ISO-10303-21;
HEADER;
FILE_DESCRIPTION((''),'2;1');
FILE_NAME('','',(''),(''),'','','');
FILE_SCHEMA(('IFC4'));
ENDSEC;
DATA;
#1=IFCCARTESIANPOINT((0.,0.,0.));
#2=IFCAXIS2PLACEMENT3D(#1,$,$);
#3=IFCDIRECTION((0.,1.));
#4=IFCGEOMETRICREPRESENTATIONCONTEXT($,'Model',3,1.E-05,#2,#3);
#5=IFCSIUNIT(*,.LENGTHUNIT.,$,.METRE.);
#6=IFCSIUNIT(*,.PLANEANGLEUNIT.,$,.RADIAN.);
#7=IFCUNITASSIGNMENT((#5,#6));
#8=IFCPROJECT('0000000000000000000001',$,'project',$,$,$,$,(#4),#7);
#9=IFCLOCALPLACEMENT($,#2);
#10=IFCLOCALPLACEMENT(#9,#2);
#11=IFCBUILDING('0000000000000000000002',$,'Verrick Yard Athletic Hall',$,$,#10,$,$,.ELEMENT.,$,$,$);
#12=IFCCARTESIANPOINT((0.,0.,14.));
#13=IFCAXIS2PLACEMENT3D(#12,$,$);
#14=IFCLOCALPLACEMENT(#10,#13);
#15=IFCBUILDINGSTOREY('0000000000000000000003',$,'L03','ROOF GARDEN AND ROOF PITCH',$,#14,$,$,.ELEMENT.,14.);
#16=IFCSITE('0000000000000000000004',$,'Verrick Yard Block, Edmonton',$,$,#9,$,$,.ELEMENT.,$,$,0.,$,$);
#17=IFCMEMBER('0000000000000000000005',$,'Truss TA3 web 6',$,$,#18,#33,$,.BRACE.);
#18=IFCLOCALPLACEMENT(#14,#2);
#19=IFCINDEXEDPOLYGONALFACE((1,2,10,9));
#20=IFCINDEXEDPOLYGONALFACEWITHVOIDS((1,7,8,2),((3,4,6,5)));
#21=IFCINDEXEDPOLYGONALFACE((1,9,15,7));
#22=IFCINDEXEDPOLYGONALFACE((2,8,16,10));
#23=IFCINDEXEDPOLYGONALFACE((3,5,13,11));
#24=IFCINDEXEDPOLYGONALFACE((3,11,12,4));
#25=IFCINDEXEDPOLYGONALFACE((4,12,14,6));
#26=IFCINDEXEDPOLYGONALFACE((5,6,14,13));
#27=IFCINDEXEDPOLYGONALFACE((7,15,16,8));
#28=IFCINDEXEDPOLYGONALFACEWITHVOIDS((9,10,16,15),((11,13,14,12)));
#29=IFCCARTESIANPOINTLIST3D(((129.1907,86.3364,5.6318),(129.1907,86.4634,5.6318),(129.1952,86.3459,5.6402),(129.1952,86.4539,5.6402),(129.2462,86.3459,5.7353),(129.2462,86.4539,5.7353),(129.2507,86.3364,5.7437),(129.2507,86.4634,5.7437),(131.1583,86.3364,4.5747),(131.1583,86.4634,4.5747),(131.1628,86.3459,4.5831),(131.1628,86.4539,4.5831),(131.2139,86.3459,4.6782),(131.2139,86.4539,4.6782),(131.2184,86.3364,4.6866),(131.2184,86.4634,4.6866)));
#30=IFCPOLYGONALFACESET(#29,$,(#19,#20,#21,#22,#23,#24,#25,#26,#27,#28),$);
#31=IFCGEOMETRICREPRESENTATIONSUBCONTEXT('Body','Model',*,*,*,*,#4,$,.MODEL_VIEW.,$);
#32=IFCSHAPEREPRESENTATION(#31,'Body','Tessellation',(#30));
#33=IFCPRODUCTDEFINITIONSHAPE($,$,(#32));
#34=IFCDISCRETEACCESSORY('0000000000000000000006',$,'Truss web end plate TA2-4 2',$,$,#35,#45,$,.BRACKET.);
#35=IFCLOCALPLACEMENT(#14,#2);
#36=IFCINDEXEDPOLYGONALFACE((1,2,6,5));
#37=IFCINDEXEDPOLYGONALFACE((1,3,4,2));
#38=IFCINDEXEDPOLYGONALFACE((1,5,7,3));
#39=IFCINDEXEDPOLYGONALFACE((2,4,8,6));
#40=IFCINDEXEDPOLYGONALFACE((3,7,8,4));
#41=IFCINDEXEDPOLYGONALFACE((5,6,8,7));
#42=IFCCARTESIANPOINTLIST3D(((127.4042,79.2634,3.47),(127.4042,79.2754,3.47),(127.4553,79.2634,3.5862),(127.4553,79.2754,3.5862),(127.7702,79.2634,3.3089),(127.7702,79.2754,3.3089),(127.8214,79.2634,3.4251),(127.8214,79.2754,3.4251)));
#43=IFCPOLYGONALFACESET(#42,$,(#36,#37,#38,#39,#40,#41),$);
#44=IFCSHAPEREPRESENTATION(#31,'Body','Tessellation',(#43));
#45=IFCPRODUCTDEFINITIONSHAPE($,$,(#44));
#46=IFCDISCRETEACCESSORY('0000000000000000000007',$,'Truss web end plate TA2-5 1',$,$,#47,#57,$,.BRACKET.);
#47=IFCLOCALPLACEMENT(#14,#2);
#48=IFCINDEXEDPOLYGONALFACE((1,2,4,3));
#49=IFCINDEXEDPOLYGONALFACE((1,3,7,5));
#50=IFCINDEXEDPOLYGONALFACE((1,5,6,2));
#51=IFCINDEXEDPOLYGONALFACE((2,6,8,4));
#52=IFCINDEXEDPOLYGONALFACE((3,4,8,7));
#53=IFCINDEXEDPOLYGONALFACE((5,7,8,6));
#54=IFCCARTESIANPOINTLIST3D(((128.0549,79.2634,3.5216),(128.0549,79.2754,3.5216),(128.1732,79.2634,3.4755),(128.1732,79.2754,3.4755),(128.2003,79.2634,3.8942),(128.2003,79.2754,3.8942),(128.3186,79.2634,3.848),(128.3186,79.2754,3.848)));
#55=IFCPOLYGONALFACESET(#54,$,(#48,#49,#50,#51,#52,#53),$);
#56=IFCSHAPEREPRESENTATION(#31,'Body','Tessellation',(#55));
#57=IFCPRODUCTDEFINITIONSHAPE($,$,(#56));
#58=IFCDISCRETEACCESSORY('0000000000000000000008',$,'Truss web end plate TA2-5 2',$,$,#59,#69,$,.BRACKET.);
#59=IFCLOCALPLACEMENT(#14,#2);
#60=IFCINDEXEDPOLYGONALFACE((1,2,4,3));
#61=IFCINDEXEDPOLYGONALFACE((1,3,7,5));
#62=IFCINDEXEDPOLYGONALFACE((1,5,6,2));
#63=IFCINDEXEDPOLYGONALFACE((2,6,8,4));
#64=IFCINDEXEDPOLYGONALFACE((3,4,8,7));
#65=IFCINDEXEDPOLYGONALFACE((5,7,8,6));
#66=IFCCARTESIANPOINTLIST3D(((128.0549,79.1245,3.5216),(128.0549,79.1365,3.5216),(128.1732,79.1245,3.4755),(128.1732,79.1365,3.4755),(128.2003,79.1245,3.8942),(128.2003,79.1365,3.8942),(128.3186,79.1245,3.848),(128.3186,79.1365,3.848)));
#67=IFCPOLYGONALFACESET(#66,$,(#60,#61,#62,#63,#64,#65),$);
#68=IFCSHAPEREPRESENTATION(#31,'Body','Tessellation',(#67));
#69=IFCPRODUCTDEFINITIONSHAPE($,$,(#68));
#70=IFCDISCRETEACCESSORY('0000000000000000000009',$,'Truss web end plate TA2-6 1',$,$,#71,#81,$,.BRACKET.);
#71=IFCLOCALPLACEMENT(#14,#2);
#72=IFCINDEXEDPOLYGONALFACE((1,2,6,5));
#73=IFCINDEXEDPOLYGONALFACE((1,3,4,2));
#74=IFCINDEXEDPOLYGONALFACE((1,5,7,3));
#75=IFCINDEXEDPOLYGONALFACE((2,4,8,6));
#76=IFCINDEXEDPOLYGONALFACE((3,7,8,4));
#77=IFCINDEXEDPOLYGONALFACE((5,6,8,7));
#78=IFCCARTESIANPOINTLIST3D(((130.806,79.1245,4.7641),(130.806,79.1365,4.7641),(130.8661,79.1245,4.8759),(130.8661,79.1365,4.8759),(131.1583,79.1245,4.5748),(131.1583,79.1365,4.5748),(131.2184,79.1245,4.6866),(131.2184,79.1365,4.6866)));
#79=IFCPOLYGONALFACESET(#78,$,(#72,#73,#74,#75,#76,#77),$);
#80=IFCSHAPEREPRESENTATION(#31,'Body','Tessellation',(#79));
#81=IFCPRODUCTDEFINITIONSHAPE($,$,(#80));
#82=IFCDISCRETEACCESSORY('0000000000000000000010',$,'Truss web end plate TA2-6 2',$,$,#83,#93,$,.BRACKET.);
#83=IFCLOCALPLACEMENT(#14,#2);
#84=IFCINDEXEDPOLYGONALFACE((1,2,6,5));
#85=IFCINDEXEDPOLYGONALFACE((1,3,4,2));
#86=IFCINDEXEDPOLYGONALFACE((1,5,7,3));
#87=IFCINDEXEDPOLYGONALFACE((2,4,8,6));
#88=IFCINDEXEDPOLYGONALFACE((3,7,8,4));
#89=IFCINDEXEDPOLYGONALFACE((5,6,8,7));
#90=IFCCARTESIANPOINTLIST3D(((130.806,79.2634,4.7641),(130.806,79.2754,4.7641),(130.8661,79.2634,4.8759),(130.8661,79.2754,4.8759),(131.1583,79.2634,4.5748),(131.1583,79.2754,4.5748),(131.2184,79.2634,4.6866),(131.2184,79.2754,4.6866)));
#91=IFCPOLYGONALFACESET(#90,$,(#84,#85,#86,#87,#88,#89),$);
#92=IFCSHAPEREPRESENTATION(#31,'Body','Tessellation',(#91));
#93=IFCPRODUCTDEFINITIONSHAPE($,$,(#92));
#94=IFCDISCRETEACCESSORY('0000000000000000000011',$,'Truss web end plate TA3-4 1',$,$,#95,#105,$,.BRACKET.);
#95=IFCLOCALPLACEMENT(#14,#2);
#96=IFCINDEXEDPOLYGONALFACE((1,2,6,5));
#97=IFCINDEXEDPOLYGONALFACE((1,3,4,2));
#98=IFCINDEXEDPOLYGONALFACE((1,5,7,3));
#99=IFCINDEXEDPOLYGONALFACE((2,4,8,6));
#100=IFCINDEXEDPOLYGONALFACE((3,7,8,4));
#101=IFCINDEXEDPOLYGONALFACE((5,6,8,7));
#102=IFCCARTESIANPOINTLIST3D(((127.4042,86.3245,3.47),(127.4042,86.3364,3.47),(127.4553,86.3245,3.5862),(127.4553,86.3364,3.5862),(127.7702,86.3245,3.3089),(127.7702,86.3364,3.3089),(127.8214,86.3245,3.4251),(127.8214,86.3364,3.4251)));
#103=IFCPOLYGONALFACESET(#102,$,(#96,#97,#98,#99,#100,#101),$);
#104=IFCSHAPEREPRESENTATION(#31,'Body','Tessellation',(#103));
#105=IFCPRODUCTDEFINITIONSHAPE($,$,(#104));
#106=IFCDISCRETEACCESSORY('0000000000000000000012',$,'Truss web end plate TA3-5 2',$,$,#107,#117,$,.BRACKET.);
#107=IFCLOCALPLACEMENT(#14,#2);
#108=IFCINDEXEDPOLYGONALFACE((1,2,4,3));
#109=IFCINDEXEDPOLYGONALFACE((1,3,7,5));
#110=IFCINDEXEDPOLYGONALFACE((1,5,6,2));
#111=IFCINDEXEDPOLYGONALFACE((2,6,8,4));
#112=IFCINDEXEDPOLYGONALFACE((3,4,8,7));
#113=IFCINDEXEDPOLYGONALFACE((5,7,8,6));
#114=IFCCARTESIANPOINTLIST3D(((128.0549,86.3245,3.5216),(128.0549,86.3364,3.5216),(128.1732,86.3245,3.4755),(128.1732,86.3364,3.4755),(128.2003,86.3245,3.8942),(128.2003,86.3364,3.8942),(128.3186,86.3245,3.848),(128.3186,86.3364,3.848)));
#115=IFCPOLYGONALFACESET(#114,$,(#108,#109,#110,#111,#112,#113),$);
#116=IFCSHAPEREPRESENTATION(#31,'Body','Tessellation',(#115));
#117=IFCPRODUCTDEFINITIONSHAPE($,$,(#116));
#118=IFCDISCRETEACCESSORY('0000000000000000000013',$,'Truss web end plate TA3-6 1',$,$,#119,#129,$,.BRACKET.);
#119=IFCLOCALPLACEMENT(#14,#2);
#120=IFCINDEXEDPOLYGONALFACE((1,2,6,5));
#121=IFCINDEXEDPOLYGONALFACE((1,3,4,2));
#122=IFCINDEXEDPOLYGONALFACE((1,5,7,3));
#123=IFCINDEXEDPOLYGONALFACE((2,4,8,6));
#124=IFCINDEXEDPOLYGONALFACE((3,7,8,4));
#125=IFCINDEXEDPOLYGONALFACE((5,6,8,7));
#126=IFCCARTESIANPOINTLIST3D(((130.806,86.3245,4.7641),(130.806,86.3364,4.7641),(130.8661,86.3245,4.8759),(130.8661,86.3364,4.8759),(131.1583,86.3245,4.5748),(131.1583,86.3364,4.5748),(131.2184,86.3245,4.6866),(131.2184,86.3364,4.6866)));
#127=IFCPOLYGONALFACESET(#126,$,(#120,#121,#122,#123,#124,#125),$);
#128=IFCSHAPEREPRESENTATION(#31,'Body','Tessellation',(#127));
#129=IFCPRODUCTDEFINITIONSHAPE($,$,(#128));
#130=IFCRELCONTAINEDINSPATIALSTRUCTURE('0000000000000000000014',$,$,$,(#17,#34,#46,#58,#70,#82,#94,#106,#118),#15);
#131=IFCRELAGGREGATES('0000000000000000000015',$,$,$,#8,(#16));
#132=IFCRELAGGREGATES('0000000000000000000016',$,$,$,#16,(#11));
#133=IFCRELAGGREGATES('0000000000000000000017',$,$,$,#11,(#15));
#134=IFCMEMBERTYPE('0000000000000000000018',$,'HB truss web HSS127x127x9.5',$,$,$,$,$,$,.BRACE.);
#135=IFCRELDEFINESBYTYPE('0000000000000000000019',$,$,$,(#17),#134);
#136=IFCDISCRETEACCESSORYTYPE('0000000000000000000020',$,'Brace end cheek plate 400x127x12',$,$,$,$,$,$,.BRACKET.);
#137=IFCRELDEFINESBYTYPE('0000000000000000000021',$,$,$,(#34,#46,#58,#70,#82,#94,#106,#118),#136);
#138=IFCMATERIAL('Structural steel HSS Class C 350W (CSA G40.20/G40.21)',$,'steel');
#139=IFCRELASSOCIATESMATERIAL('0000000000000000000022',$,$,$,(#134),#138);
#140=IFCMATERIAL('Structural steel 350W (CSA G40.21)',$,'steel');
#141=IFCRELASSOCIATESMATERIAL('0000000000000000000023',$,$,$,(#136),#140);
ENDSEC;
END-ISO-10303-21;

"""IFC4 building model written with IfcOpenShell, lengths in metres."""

from ifc_helpers import new_model, si_unit, direction, frame, origin, origin_2d, place, context, subcontext, project, spatial, rectangle, hollow_rectangle, extrude, material, material_profile, profile_set, type_object, element, save


model = new_model("IFC4")

# Units and contexts
model_context = context("Model", 3, precision=1e-05, world=origin(), true_north=direction((0.0, 1.0)))
body_context = subcontext(model_context, "Body", "Model", "MODEL_VIEW")
ifc_project = project(units=[si_unit("LENGTHUNIT", "METRE"), si_unit("PLANEANGLEUNIT", "RADIAN")], contexts=[model_context])

# Site, building, storey
site_placement = place(None, origin())
site = spatial("IfcSite", under=ifc_project, at=site_placement, Name="Verrick Yard Block, Edmonton", CompositionType="ELEMENT", RefElevation=0.0)
building_placement = place(site_placement, origin())
building = spatial("IfcBuilding", under=site, at=building_placement, Name="Verrick Yard Athletic Hall", CompositionType="ELEMENT")
storey_placement = place(building_placement, frame((0.0, 0.0, 14.0)))
storey = spatial("IfcBuildingStorey", under=building, at=storey_placement, Name="L03", Description="ROOF GARDEN AND ROOF PITCH", CompositionType="ELEMENT", Elevation=14.0)

# Member
ifc_material_1 = material(Name="Structural steel HSS Class C 350W (CSA G40.20/G40.21)", Category="steel")
ifc_material_profile_1 = material_profile(ifc_material_1, hollow_rectangle(XDim=0.127, YDim=0.127, WallThickness=0.0095, at=origin_2d()), Name="HSS127x127x9.5")
ifc_profile_set_1 = profile_set([ifc_material_profile_1], Name="Structural steel HSS Class C 350W (CSA G40.20/G40.21)")
member_type_1 = type_object("IfcMemberType", Name="HB truss web HSS127x127x9.5", PredefinedType="BRACE", material=ifc_profile_set_1)
for number, where, z_axis, x_axis, name in (
    (1, (129.2207, 86.3999, 5.6877), (0.880927, 0.0, -0.473252), (0.0, 1.0, 0.0), "Truss TA3 web 6"),
):
    element("IfcMember", number, at=place(storey_placement, frame(where, z_axis=z_axis, x_axis=x_axis)), inside=storey, type_object=member_type_1, Name=name, PredefinedType="BRACE", context=body_context, shape_type="SweptSolid", body=[
        extrude(hollow_rectangle(XDim=0.127, YDim=0.127, WallThickness=0.0095, at=origin_2d()), origin(), (0.0, 0.0, 1.0), 2.2336),
    ])

# Discrete accessories
ifc_material_2 = material(Name="Structural steel 350W (CSA G40.21)", Category="steel")
ifc_material_profile_2 = material_profile(ifc_material_2, rectangle(XDim=0.3999, YDim=0.127, at=origin_2d()), Name="Brace end cheek plate")
ifc_profile_set_2 = profile_set([ifc_material_profile_2], Name="Structural steel 350W (CSA G40.21)")
discrete_accessory_type = type_object("IfcDiscreteAccessoryType", Name="Brace end cheek plate 400x127x12", PredefinedType="BRACKET", material=ifc_profile_set_2)
for number, where, z_axis, x_axis, name in (
    (2, (127.6128, 79.2634, 3.4475), (0.0, 1.0, 0.0), (-0.915285, 0.0, 0.402806), "Truss web end plate TA2-4 2"),
    (3, (128.1868, 79.2634, 3.6848), (0.0, 1.0, 0.0), (0.363563, 0.0, 0.93157), "Truss web end plate TA2-5 1"),
    (4, (128.1868, 79.1365, 3.6848), (0.0, -1.0, 0.0), (0.363563, 0.0, 0.93157), "Truss web end plate TA2-5 2"),
    (5, (131.0122, 79.1365, 4.7253), (0.0, -1.0, 0.0), (-0.88092, 0.0, 0.473265), "Truss web end plate TA2-6 1"),
    (6, (131.0122, 79.2634, 4.7253), (0.0, 1.0, 0.0), (-0.88092, 0.0, 0.473265), "Truss web end plate TA2-6 2"),
    (7, (127.6128, 86.3364, 3.4475), (0.0, -1.0, 0.0), (-0.915285, 0.0, 0.402806), "Truss web end plate TA3-4 1"),
    (8, (128.1868, 86.3364, 3.6848), (0.0, -1.0, 0.0), (0.363563, 0.0, 0.93157), "Truss web end plate TA3-5 2"),
    (9, (131.0122, 86.3364, 4.7253), (0.0, -1.0, 0.0), (-0.88092, 0.0, 0.473265), "Truss web end plate TA3-6 1"),
):
    element("IfcDiscreteAccessory", number, at=place(storey_placement, frame(where, z_axis=z_axis, x_axis=x_axis)), inside=storey, type_object=discrete_accessory_type, Name=name, PredefinedType="BRACKET", context=body_context, shape_type="SweptSolid", body=[
        extrude(rectangle(XDim=0.3999, YDim=0.127, at=origin_2d()), origin(), (0.0, 0.0, 1.0), 0.012),
    ])

save(model, "model.ifc")
